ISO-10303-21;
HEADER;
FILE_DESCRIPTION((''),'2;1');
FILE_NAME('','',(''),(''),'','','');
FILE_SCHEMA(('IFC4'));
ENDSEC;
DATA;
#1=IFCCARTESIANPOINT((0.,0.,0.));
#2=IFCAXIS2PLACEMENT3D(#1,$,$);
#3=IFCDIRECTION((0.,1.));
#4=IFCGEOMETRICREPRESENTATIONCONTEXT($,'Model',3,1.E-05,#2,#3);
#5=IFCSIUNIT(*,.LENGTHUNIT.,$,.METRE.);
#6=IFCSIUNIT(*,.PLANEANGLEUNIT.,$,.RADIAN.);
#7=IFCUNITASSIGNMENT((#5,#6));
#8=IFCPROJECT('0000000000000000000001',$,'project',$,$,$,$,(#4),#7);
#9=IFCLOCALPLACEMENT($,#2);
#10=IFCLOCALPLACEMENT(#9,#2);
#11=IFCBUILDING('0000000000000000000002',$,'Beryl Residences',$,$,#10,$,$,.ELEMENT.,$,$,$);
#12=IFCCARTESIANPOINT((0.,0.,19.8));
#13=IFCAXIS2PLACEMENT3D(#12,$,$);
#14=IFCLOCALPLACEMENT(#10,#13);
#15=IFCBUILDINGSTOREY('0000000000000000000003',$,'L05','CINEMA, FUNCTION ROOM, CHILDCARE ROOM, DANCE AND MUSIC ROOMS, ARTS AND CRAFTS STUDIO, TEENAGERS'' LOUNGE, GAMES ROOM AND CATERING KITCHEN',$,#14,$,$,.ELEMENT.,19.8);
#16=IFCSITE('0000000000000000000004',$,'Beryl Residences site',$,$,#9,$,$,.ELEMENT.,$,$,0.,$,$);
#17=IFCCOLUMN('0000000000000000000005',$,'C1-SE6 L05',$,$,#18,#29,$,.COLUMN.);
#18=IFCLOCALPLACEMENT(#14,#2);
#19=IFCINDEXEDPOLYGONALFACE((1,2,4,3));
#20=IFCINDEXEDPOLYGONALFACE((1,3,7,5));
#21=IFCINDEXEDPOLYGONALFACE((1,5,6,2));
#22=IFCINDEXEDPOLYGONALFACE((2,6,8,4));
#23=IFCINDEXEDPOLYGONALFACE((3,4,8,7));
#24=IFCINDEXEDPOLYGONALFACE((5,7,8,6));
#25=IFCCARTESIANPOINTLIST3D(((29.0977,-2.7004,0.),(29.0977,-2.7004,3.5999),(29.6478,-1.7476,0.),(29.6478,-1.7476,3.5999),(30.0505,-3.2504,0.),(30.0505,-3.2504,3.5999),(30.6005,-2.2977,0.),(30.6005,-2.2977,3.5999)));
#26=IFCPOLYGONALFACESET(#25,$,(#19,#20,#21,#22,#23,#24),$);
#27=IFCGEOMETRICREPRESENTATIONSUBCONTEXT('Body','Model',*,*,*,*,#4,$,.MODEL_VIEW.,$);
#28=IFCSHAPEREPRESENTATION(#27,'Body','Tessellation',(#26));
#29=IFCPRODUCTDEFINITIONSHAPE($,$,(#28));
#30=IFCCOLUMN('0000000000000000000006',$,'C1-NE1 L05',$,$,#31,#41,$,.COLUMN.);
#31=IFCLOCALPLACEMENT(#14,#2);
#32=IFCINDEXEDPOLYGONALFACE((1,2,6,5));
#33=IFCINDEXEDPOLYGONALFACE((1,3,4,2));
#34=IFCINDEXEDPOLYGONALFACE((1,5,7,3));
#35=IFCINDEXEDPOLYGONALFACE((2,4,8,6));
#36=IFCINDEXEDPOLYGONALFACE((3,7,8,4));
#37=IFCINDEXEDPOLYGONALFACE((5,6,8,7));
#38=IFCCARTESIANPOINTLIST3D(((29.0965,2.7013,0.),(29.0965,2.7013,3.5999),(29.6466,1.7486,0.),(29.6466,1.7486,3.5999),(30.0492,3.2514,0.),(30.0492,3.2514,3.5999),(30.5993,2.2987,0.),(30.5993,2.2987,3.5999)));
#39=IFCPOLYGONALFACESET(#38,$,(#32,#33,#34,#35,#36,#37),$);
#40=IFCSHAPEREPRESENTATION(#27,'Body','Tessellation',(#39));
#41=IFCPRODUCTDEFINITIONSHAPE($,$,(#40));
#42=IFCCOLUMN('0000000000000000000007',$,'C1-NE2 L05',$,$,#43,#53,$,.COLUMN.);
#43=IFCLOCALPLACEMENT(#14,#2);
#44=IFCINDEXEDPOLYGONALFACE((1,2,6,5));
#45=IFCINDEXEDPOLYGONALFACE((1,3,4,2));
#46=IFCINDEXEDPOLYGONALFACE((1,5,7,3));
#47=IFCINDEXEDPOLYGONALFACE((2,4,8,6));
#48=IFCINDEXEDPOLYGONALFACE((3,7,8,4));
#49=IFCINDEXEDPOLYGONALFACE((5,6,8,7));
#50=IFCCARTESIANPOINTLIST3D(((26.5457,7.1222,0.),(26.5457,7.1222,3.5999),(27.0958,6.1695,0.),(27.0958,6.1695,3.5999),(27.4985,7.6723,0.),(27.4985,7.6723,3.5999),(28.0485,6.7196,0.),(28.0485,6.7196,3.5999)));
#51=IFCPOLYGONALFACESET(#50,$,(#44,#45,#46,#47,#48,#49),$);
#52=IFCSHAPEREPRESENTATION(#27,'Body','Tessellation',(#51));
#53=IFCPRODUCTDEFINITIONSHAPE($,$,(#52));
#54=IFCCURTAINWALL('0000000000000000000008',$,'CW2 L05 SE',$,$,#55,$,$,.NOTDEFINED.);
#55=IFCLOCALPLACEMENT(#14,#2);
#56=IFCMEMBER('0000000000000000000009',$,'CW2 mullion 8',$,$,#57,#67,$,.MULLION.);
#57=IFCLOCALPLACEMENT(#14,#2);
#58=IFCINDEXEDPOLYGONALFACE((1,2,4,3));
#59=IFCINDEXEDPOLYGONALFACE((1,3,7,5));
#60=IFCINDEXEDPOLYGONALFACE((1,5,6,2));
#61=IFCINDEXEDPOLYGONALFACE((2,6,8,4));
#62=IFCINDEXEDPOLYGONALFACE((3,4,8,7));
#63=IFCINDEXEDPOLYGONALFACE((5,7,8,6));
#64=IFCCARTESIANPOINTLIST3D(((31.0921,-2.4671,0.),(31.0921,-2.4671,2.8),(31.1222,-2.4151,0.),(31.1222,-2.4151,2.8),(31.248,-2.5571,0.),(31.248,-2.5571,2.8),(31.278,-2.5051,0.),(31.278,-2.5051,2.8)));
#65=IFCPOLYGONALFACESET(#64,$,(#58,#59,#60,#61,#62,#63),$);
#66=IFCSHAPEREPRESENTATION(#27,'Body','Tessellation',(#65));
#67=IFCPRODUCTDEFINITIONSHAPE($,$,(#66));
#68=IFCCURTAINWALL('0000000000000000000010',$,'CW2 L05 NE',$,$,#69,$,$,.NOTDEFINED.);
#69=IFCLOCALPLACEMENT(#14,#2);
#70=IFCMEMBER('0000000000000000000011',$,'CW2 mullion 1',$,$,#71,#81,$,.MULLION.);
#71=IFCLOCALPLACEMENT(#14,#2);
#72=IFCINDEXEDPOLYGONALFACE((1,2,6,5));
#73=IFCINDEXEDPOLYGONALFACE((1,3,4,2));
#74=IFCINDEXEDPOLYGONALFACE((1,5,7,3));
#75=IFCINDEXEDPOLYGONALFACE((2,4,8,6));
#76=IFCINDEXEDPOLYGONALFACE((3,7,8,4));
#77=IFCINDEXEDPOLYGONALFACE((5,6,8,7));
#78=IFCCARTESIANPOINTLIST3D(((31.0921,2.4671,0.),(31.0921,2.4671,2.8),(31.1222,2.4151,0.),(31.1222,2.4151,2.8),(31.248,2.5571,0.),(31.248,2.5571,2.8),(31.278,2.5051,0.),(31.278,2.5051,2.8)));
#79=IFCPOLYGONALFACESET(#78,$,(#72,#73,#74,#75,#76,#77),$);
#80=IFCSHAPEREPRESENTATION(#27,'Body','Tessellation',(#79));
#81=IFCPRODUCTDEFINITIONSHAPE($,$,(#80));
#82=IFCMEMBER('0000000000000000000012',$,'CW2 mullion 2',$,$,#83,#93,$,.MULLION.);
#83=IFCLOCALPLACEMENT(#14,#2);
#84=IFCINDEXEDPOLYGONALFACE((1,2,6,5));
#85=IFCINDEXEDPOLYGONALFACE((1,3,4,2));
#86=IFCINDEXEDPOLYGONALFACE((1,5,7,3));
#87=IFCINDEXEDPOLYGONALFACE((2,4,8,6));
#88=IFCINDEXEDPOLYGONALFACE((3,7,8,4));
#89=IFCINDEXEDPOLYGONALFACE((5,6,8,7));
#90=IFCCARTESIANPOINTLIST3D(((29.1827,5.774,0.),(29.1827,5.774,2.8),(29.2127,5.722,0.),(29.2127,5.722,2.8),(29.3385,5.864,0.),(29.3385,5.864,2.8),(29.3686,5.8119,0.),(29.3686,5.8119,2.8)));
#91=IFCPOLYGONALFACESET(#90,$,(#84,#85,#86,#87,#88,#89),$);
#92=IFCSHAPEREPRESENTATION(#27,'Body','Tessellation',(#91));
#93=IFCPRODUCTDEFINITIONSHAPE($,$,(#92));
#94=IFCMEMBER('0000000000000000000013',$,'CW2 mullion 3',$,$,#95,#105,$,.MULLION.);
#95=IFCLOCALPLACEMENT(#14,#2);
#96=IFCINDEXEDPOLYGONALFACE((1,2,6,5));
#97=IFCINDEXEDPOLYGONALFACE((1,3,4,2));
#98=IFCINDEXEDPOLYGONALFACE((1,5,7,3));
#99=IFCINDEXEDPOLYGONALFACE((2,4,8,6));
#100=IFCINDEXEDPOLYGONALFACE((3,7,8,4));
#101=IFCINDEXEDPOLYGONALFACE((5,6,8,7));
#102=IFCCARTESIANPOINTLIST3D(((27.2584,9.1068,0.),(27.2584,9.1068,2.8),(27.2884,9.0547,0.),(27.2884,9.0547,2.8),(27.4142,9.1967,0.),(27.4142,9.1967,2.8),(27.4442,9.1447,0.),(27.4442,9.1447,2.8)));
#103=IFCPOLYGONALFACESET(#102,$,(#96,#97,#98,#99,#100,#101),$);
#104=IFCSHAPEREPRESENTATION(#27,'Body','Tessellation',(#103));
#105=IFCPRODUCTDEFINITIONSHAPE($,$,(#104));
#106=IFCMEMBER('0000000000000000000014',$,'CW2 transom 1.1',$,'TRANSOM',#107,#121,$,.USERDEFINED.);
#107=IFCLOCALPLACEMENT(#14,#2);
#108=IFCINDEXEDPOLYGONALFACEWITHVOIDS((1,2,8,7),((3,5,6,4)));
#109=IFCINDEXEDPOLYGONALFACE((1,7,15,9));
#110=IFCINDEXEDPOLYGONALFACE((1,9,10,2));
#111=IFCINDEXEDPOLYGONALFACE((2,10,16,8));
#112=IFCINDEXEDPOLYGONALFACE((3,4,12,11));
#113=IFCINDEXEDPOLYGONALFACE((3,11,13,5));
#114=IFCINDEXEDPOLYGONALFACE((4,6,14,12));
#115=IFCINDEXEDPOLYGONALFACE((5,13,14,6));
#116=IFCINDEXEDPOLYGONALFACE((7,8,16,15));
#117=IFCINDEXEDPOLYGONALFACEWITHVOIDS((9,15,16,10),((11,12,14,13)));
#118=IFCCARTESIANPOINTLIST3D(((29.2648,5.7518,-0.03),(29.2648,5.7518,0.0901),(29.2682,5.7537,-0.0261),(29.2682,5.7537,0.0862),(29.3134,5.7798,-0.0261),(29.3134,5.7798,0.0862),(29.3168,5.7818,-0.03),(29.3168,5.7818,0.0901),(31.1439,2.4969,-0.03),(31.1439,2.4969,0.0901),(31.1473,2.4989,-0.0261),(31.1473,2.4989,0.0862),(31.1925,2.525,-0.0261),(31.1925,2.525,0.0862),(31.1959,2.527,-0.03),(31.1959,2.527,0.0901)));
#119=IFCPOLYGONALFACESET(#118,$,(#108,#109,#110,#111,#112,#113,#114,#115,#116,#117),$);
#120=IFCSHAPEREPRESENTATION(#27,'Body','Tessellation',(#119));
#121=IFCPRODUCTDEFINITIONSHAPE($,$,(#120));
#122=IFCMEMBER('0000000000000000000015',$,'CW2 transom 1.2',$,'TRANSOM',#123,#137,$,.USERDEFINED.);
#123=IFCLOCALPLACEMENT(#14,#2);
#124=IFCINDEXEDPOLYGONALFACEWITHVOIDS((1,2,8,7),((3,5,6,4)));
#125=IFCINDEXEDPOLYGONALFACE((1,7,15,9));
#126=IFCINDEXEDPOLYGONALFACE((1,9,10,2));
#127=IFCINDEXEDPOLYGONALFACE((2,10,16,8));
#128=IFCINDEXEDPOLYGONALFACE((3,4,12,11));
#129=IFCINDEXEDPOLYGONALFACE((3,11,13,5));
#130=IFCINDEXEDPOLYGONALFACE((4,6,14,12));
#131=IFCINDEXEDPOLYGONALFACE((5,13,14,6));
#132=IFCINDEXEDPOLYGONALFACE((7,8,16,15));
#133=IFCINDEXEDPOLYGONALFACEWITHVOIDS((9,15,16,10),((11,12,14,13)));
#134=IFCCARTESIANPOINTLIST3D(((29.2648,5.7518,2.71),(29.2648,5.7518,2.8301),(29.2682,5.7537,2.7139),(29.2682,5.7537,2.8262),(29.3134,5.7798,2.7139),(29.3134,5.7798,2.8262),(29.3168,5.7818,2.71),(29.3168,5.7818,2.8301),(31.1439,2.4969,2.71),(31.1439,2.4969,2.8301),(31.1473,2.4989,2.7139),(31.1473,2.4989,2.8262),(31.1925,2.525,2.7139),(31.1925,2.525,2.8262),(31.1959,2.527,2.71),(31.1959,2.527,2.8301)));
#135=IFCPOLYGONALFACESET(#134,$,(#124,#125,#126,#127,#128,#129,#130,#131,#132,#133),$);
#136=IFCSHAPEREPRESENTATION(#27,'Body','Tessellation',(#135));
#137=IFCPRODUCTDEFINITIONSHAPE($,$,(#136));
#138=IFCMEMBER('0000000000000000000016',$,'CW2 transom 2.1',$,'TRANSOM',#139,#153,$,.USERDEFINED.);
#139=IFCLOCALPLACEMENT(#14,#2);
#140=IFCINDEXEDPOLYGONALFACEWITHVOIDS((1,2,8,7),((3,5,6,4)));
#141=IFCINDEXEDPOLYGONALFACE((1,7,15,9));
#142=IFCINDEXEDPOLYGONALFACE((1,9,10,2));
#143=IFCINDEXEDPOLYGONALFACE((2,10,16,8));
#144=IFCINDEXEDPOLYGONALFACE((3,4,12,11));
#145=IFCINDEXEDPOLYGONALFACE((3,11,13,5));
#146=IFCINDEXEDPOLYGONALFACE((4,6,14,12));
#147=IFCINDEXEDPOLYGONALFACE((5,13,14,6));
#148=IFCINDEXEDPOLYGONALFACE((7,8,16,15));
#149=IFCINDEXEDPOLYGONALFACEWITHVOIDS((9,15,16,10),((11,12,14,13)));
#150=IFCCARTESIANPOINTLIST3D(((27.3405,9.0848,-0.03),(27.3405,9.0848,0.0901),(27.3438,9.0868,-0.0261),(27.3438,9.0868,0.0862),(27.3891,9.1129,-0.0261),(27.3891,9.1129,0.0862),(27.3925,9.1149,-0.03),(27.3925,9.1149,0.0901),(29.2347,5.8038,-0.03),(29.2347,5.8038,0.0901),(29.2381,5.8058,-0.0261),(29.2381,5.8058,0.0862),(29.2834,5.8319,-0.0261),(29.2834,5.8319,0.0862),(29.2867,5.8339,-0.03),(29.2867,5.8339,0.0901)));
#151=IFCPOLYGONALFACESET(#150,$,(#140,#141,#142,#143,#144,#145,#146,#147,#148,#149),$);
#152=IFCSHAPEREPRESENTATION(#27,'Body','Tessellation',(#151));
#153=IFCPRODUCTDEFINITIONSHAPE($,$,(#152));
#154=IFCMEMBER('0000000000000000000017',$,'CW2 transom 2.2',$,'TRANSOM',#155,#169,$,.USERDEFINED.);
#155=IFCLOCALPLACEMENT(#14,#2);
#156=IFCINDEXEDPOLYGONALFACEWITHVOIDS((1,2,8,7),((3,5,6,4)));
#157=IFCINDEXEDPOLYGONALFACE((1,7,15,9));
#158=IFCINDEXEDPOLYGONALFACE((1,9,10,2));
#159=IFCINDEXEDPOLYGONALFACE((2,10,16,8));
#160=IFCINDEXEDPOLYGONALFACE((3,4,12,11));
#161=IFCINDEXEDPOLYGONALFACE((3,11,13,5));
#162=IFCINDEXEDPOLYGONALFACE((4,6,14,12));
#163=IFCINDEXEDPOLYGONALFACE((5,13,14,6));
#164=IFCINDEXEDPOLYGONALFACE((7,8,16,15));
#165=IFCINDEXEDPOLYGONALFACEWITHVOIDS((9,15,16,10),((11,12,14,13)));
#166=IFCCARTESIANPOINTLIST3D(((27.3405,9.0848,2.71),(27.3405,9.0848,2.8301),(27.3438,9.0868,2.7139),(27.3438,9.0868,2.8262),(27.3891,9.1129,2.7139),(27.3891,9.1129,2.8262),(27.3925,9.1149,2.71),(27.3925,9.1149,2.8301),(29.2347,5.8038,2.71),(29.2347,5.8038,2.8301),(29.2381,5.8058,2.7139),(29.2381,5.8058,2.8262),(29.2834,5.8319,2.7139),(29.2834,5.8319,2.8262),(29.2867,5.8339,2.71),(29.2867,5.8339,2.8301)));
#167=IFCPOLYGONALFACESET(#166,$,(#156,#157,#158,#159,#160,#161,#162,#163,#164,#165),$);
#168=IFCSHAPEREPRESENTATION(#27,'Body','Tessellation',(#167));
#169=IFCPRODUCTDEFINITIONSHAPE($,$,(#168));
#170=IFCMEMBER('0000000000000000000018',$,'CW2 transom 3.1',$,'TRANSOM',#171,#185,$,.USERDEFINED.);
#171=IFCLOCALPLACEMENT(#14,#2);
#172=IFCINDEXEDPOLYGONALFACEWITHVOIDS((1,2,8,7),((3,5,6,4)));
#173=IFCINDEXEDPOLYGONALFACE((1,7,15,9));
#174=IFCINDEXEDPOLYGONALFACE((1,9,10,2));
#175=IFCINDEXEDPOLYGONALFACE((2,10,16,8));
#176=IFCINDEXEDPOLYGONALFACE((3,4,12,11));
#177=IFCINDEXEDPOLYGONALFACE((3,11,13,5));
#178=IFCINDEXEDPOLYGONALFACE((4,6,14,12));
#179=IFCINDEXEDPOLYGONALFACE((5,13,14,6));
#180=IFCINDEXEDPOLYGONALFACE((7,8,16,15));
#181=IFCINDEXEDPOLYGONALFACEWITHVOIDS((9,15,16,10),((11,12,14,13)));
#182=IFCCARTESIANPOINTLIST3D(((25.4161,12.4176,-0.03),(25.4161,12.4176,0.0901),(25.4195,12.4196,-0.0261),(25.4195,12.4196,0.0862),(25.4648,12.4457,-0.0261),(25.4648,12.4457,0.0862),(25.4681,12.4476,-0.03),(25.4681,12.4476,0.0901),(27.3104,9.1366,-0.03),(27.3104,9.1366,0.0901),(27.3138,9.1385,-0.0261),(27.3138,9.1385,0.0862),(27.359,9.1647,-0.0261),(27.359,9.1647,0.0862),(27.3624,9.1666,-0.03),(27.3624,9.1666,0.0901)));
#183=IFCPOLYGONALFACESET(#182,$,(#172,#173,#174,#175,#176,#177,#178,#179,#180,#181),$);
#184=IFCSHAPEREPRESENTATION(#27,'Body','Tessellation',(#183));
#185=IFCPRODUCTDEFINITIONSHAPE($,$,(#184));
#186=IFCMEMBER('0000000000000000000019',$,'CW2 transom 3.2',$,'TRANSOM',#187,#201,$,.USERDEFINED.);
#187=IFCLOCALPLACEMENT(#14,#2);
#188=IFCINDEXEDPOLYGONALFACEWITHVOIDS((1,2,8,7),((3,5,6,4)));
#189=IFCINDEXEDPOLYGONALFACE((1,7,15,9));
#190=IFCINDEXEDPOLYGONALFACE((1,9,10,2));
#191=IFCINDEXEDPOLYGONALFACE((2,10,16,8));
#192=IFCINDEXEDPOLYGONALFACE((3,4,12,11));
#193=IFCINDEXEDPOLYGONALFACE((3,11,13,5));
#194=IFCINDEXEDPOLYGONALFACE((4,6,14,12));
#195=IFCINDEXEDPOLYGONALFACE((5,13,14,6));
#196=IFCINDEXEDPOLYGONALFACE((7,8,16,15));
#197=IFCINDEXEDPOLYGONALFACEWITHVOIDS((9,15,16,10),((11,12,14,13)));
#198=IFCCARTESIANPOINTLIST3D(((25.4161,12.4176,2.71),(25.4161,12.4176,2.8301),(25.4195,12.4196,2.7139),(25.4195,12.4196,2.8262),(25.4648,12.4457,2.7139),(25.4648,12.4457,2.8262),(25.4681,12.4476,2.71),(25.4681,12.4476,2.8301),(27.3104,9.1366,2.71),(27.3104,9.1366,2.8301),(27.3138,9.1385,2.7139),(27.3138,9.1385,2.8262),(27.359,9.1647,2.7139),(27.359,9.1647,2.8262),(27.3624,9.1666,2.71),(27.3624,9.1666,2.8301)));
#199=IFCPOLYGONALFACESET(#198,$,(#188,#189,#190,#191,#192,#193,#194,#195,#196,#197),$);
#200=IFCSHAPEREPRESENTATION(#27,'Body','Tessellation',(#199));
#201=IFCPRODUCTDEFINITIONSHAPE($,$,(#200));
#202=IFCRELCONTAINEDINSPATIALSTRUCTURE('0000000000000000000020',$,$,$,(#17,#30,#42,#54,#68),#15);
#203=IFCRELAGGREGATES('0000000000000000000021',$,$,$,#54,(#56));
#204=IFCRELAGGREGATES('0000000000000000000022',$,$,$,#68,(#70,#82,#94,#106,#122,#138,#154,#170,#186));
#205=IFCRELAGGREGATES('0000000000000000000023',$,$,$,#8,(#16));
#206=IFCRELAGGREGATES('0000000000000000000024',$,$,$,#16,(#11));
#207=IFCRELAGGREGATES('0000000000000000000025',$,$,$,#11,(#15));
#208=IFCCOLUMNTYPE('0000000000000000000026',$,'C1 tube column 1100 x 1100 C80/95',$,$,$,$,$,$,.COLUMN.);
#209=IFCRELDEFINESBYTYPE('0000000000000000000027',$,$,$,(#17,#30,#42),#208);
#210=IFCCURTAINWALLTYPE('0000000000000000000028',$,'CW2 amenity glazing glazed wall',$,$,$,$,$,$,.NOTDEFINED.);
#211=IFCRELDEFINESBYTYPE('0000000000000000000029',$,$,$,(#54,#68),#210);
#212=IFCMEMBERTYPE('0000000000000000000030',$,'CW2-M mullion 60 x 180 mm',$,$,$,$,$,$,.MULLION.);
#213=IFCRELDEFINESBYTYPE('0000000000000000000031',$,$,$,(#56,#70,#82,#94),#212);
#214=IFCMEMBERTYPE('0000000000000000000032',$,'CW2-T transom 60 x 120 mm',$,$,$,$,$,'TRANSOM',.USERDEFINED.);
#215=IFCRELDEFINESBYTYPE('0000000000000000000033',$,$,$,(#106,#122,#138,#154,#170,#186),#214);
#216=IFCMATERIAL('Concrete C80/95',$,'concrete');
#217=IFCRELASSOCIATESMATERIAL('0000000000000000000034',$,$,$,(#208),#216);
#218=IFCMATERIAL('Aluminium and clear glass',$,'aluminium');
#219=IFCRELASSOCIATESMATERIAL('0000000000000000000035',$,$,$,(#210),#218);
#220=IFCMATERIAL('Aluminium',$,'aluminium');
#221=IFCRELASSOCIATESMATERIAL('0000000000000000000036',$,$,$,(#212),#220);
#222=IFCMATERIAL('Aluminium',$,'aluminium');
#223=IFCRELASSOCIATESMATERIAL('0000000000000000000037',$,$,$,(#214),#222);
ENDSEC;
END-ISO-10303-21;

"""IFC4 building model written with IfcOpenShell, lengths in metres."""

from ifc_helpers import new_model, si_unit, direction, frame, origin, origin_2d, place, context, subcontext, project, spatial, rectangle, hollow_rectangle, extrude, material, material_profile, profile_set, type_object, element, aggregate, save


model = new_model("IFC4")

# Units and contexts
model_context = context("Model", 3, precision=1e-05, world=origin(), true_north=direction((0.0, 1.0)))
body_context = subcontext(model_context, "Body", "Model", "MODEL_VIEW")
ifc_project = project(units=[si_unit("LENGTHUNIT", "METRE"), si_unit("PLANEANGLEUNIT", "RADIAN")], contexts=[model_context])

# Site, building, storey
site_placement = place(None, origin())
site = spatial("IfcSite", under=ifc_project, at=site_placement, Name="Beryl Residences site", CompositionType="ELEMENT", RefElevation=0.0)
building_placement = place(site_placement, origin())
building = spatial("IfcBuilding", under=site, at=building_placement, Name="Beryl Residences", CompositionType="ELEMENT")
storey_placement = place(building_placement, frame((0.0, 0.0, 19.8)))
storey = spatial("IfcBuildingStorey", under=building, at=storey_placement, Name="L05", Description="CINEMA, FUNCTION ROOM, CHILDCARE ROOM, DANCE AND MUSIC ROOMS, ARTS AND CRAFTS STUDIO, TEENAGERS' LOUNGE, GAMES ROOM AND CATERING KITCHEN", CompositionType="ELEMENT", Elevation=19.8)

# Columns
ifc_material_1 = material(Name="Concrete C80/95", Category="concrete")
ifc_material_profile_1 = material_profile(ifc_material_1, rectangle(XDim=1.1001, YDim=1.1001, at=origin_2d()))
ifc_profile_set_1 = profile_set([ifc_material_profile_1], Name="Concrete C80/95")
column_type = type_object("IfcColumnType", Name="C1 tube column 1100 x 1100 C80/95", PredefinedType="COLUMN", material=ifc_profile_set_1)
for number, where, z_axis, x_axis, name in (
    (1, (29.8491, -2.499, 0.0), (0.0, 0.0, 1.0), (0.499985, 0.866034, 0.0), "C1-SE6 L05"),
    (2, (29.8479, 2.5, 0.0), (0.0, 0.0, 1.0), (-0.499985, 0.866034, 0.0), "C1-NE1 L05"),
    (3, (27.2971, 6.9209, 0.0), (0.0, 0.0, 1.0), (-0.499985, 0.866034, 0.0), "C1-NE2 L05"),
):
    element("IfcColumn", number, at=place(storey_placement, frame(where, z_axis=z_axis, x_axis=x_axis)), inside=storey, type_object=column_type, Name=name, PredefinedType="COLUMN", context=body_context, shape_type="SweptSolid", body=[
        extrude(rectangle(XDim=1.1001, YDim=1.1001, at=origin_2d()), origin(), (0.0, 0.0, 1.0), 3.5999),
    ])

# Curtain wall, member
ifc_material_2 = material(Name="Aluminium and clear glass", Category="aluminium")
curtain_wall_type = type_object("IfcCurtainWallType", Name="CW2 amenity glazing glazed wall", PredefinedType="NOTDEFINED", material=ifc_material_2)
curtain_wall_1_placement = place(storey_placement, origin())
curtain_wall_1 = element("IfcCurtainWall", 4, at=curtain_wall_1_placement, inside=storey, type_object=curtain_wall_type, Name="CW2 L05 SE", PredefinedType="NOTDEFINED")
ifc_material_3 = material(Name="Aluminium", Category="aluminium")
ifc_material_profile_2 = material_profile(ifc_material_3, rectangle(XDim=0.0601, YDim=0.1799, at=origin_2d()))
ifc_profile_set_2 = profile_set([ifc_material_profile_2], Name="Aluminium")
member_type_1 = type_object("IfcMemberType", Name="CW2-M mullion 60 x 180 mm", PredefinedType="MULLION", material=ifc_profile_set_2)
member_1_placement = place(storey_placement, frame((31.1851, -2.4861, 0.0), z_axis=(0.0, 0.0, 1.0), x_axis=(0.500012, 0.866019, 0.0)))
member_1 = element("IfcMember", 5, at=member_1_placement, type_object=member_type_1, Name="CW2 mullion 8", PredefinedType="MULLION", context=body_context, shape_type="SweptSolid", body=[
    extrude(rectangle(XDim=0.0601, YDim=0.1799, at=origin_2d()), origin(), (0.0, 0.0, 1.0), 2.8),
])
aggregate(curtain_wall_1, [member_1])

# Curtain wall, members
curtain_wall_2_placement = place(storey_placement, origin())
curtain_wall_2 = element("IfcCurtainWall", 6, at=curtain_wall_2_placement, inside=storey, type_object=curtain_wall_type, Name="CW2 L05 NE", PredefinedType="NOTDEFINED")
member_2_placement = place(storey_placement, frame((31.1851, 2.4861, 0.0), z_axis=(0.0, 0.0, 1.0), x_axis=(-0.500012, 0.866019, 0.0)))
member_2 = element("IfcMember", 7, at=member_2_placement, type_object=member_type_1, Name="CW2 mullion 1", PredefinedType="MULLION", context=body_context, shape_type="SweptSolid", body=[
    extrude(rectangle(XDim=0.0601, YDim=0.1799, at=origin_2d()), origin(), (0.0, 0.0, 1.0), 2.8),
])
member_3_placement = place(storey_placement, frame((29.2756, 5.793, 0.0), z_axis=(0.0, 0.0, 1.0), x_axis=(-0.500012, 0.866019, 0.0)))
member_3 = element("IfcMember", 8, at=member_3_placement, type_object=member_type_1, Name="CW2 mullion 2", PredefinedType="MULLION", context=body_context, shape_type="SweptSolid", body=[
    extrude(rectangle(XDim=0.0601, YDim=0.1799, at=origin_2d()), origin(), (0.0, 0.0, 1.0), 2.8),
])
member_4_placement = place(storey_placement, frame((27.3513, 9.1257, 0.0), z_axis=(0.0, 0.0, 1.0), x_axis=(-0.500012, 0.866019, 0.0)))
member_4 = element("IfcMember", 9, at=member_4_placement, type_object=member_type_1, Name="CW2 mullion 3", PredefinedType="MULLION", context=body_context, shape_type="SweptSolid", body=[
    extrude(rectangle(XDim=0.0601, YDim=0.1799, at=origin_2d()), origin(), (0.0, 0.0, 1.0), 2.8),
])
ifc_material_4 = material(Name="Aluminium", Category="aluminium")
ifc_material_profile_3 = material_profile(ifc_material_4, hollow_rectangle(XDim=0.0601, YDim=0.1201, WallThickness=0.0039, at=origin_2d()))
ifc_profile_set_3 = profile_set([ifc_material_profile_3], Name="Aluminium")
member_type_2 = type_object("IfcMemberType", Name="CW2-T transom 60 x 120 mm", ElementType="TRANSOM", PredefinedType="USERDEFINED", material=ifc_profile_set_3)
member_5_placement = place(storey_placement, frame((31.1699, 2.512, 0.03), z_axis=(-0.499989, 0.866032, 0.0), x_axis=(-0.866032, -0.499989, 0.0)))
member_5 = element("IfcMember", 10, at=member_5_placement, type_object=member_type_2, Name="CW2 transom 1.1", ObjectType="TRANSOM", PredefinedType="USERDEFINED", context=body_context, shape_type="SweptSolid", body=[
    extrude(hollow_rectangle(XDim=0.0601, YDim=0.1201, WallThickness=0.0039, at=origin_2d()), origin(), (0.0, 0.0, 1.0), 3.7583),
])
member_6_placement = place(storey_placement, frame((31.1699, 2.512, 2.77), z_axis=(-0.499989, 0.866032, 0.0), x_axis=(-0.866032, -0.499989, 0.0)))
member_6 = element("IfcMember", 11, at=member_6_placement, type_object=member_type_2, Name="CW2 transom 1.2", ObjectType="TRANSOM", PredefinedType="USERDEFINED", context=body_context, shape_type="SweptSolid", body=[
    extrude(hollow_rectangle(XDim=0.0601, YDim=0.1201, WallThickness=0.0039, at=origin_2d()), origin(), (0.0, 0.0, 1.0), 3.7583),
])
member_7_placement = place(storey_placement, frame((29.2607, 5.8188, 0.03), z_axis=(-0.5, 0.866026, 0.0), x_axis=(-0.866026, -0.5, 0.0)))
member_7 = element("IfcMember", 12, at=member_7_placement, type_object=member_type_2, Name="CW2 transom 2.1", ObjectType="TRANSOM", PredefinedType="USERDEFINED", context=body_context, shape_type="SweptSolid", body=[
    extrude(hollow_rectangle(XDim=0.0601, YDim=0.1201, WallThickness=0.0039, at=origin_2d()), origin(), (0.0, 0.0, 1.0), 3.7886),
])
member_8_placement = place(storey_placement, frame((29.2607, 5.8188, 2.77), z_axis=(-0.5, 0.866026, 0.0), x_axis=(-0.866026, -0.5, 0.0)))
member_8 = element("IfcMember", 13, at=member_8_placement, type_object=member_type_2, Name="CW2 transom 2.2", ObjectType="TRANSOM", PredefinedType="USERDEFINED", context=body_context, shape_type="SweptSolid", body=[
    extrude(hollow_rectangle(XDim=0.0601, YDim=0.1201, WallThickness=0.0039, at=origin_2d()), origin(), (0.0, 0.0, 1.0), 3.7886),
])
member_9_placement = place(storey_placement, frame((27.3364, 9.1516, 0.03), z_axis=(-0.5, 0.866026, 0.0), x_axis=(-0.866026, -0.5, 0.0)))
member_9 = element("IfcMember", 14, at=member_9_placement, type_object=member_type_2, Name="CW2 transom 3.1", ObjectType="TRANSOM", PredefinedType="USERDEFINED", context=body_context, shape_type="SweptSolid", body=[
    extrude(hollow_rectangle(XDim=0.0601, YDim=0.1201, WallThickness=0.0039, at=origin_2d()), origin(), (0.0, 0.0, 1.0), 3.7886),
])
member_10_placement = place(storey_placement, frame((27.3364, 9.1516, 2.77), z_axis=(-0.5, 0.866026, 0.0), x_axis=(-0.866026, -0.5, 0.0)))
member_10 = element("IfcMember", 15, at=member_10_placement, type_object=member_type_2, Name="CW2 transom 3.2", ObjectType="TRANSOM", PredefinedType="USERDEFINED", context=body_context, shape_type="SweptSolid", body=[
    extrude(hollow_rectangle(XDim=0.0601, YDim=0.1201, WallThickness=0.0039, at=origin_2d()), origin(), (0.0, 0.0, 1.0), 3.7886),
])

aggregate(curtain_wall_2, [member_2, member_3, member_4, member_5, member_6, member_7, member_8, member_9, member_10])

save(model, "model.ifc")
